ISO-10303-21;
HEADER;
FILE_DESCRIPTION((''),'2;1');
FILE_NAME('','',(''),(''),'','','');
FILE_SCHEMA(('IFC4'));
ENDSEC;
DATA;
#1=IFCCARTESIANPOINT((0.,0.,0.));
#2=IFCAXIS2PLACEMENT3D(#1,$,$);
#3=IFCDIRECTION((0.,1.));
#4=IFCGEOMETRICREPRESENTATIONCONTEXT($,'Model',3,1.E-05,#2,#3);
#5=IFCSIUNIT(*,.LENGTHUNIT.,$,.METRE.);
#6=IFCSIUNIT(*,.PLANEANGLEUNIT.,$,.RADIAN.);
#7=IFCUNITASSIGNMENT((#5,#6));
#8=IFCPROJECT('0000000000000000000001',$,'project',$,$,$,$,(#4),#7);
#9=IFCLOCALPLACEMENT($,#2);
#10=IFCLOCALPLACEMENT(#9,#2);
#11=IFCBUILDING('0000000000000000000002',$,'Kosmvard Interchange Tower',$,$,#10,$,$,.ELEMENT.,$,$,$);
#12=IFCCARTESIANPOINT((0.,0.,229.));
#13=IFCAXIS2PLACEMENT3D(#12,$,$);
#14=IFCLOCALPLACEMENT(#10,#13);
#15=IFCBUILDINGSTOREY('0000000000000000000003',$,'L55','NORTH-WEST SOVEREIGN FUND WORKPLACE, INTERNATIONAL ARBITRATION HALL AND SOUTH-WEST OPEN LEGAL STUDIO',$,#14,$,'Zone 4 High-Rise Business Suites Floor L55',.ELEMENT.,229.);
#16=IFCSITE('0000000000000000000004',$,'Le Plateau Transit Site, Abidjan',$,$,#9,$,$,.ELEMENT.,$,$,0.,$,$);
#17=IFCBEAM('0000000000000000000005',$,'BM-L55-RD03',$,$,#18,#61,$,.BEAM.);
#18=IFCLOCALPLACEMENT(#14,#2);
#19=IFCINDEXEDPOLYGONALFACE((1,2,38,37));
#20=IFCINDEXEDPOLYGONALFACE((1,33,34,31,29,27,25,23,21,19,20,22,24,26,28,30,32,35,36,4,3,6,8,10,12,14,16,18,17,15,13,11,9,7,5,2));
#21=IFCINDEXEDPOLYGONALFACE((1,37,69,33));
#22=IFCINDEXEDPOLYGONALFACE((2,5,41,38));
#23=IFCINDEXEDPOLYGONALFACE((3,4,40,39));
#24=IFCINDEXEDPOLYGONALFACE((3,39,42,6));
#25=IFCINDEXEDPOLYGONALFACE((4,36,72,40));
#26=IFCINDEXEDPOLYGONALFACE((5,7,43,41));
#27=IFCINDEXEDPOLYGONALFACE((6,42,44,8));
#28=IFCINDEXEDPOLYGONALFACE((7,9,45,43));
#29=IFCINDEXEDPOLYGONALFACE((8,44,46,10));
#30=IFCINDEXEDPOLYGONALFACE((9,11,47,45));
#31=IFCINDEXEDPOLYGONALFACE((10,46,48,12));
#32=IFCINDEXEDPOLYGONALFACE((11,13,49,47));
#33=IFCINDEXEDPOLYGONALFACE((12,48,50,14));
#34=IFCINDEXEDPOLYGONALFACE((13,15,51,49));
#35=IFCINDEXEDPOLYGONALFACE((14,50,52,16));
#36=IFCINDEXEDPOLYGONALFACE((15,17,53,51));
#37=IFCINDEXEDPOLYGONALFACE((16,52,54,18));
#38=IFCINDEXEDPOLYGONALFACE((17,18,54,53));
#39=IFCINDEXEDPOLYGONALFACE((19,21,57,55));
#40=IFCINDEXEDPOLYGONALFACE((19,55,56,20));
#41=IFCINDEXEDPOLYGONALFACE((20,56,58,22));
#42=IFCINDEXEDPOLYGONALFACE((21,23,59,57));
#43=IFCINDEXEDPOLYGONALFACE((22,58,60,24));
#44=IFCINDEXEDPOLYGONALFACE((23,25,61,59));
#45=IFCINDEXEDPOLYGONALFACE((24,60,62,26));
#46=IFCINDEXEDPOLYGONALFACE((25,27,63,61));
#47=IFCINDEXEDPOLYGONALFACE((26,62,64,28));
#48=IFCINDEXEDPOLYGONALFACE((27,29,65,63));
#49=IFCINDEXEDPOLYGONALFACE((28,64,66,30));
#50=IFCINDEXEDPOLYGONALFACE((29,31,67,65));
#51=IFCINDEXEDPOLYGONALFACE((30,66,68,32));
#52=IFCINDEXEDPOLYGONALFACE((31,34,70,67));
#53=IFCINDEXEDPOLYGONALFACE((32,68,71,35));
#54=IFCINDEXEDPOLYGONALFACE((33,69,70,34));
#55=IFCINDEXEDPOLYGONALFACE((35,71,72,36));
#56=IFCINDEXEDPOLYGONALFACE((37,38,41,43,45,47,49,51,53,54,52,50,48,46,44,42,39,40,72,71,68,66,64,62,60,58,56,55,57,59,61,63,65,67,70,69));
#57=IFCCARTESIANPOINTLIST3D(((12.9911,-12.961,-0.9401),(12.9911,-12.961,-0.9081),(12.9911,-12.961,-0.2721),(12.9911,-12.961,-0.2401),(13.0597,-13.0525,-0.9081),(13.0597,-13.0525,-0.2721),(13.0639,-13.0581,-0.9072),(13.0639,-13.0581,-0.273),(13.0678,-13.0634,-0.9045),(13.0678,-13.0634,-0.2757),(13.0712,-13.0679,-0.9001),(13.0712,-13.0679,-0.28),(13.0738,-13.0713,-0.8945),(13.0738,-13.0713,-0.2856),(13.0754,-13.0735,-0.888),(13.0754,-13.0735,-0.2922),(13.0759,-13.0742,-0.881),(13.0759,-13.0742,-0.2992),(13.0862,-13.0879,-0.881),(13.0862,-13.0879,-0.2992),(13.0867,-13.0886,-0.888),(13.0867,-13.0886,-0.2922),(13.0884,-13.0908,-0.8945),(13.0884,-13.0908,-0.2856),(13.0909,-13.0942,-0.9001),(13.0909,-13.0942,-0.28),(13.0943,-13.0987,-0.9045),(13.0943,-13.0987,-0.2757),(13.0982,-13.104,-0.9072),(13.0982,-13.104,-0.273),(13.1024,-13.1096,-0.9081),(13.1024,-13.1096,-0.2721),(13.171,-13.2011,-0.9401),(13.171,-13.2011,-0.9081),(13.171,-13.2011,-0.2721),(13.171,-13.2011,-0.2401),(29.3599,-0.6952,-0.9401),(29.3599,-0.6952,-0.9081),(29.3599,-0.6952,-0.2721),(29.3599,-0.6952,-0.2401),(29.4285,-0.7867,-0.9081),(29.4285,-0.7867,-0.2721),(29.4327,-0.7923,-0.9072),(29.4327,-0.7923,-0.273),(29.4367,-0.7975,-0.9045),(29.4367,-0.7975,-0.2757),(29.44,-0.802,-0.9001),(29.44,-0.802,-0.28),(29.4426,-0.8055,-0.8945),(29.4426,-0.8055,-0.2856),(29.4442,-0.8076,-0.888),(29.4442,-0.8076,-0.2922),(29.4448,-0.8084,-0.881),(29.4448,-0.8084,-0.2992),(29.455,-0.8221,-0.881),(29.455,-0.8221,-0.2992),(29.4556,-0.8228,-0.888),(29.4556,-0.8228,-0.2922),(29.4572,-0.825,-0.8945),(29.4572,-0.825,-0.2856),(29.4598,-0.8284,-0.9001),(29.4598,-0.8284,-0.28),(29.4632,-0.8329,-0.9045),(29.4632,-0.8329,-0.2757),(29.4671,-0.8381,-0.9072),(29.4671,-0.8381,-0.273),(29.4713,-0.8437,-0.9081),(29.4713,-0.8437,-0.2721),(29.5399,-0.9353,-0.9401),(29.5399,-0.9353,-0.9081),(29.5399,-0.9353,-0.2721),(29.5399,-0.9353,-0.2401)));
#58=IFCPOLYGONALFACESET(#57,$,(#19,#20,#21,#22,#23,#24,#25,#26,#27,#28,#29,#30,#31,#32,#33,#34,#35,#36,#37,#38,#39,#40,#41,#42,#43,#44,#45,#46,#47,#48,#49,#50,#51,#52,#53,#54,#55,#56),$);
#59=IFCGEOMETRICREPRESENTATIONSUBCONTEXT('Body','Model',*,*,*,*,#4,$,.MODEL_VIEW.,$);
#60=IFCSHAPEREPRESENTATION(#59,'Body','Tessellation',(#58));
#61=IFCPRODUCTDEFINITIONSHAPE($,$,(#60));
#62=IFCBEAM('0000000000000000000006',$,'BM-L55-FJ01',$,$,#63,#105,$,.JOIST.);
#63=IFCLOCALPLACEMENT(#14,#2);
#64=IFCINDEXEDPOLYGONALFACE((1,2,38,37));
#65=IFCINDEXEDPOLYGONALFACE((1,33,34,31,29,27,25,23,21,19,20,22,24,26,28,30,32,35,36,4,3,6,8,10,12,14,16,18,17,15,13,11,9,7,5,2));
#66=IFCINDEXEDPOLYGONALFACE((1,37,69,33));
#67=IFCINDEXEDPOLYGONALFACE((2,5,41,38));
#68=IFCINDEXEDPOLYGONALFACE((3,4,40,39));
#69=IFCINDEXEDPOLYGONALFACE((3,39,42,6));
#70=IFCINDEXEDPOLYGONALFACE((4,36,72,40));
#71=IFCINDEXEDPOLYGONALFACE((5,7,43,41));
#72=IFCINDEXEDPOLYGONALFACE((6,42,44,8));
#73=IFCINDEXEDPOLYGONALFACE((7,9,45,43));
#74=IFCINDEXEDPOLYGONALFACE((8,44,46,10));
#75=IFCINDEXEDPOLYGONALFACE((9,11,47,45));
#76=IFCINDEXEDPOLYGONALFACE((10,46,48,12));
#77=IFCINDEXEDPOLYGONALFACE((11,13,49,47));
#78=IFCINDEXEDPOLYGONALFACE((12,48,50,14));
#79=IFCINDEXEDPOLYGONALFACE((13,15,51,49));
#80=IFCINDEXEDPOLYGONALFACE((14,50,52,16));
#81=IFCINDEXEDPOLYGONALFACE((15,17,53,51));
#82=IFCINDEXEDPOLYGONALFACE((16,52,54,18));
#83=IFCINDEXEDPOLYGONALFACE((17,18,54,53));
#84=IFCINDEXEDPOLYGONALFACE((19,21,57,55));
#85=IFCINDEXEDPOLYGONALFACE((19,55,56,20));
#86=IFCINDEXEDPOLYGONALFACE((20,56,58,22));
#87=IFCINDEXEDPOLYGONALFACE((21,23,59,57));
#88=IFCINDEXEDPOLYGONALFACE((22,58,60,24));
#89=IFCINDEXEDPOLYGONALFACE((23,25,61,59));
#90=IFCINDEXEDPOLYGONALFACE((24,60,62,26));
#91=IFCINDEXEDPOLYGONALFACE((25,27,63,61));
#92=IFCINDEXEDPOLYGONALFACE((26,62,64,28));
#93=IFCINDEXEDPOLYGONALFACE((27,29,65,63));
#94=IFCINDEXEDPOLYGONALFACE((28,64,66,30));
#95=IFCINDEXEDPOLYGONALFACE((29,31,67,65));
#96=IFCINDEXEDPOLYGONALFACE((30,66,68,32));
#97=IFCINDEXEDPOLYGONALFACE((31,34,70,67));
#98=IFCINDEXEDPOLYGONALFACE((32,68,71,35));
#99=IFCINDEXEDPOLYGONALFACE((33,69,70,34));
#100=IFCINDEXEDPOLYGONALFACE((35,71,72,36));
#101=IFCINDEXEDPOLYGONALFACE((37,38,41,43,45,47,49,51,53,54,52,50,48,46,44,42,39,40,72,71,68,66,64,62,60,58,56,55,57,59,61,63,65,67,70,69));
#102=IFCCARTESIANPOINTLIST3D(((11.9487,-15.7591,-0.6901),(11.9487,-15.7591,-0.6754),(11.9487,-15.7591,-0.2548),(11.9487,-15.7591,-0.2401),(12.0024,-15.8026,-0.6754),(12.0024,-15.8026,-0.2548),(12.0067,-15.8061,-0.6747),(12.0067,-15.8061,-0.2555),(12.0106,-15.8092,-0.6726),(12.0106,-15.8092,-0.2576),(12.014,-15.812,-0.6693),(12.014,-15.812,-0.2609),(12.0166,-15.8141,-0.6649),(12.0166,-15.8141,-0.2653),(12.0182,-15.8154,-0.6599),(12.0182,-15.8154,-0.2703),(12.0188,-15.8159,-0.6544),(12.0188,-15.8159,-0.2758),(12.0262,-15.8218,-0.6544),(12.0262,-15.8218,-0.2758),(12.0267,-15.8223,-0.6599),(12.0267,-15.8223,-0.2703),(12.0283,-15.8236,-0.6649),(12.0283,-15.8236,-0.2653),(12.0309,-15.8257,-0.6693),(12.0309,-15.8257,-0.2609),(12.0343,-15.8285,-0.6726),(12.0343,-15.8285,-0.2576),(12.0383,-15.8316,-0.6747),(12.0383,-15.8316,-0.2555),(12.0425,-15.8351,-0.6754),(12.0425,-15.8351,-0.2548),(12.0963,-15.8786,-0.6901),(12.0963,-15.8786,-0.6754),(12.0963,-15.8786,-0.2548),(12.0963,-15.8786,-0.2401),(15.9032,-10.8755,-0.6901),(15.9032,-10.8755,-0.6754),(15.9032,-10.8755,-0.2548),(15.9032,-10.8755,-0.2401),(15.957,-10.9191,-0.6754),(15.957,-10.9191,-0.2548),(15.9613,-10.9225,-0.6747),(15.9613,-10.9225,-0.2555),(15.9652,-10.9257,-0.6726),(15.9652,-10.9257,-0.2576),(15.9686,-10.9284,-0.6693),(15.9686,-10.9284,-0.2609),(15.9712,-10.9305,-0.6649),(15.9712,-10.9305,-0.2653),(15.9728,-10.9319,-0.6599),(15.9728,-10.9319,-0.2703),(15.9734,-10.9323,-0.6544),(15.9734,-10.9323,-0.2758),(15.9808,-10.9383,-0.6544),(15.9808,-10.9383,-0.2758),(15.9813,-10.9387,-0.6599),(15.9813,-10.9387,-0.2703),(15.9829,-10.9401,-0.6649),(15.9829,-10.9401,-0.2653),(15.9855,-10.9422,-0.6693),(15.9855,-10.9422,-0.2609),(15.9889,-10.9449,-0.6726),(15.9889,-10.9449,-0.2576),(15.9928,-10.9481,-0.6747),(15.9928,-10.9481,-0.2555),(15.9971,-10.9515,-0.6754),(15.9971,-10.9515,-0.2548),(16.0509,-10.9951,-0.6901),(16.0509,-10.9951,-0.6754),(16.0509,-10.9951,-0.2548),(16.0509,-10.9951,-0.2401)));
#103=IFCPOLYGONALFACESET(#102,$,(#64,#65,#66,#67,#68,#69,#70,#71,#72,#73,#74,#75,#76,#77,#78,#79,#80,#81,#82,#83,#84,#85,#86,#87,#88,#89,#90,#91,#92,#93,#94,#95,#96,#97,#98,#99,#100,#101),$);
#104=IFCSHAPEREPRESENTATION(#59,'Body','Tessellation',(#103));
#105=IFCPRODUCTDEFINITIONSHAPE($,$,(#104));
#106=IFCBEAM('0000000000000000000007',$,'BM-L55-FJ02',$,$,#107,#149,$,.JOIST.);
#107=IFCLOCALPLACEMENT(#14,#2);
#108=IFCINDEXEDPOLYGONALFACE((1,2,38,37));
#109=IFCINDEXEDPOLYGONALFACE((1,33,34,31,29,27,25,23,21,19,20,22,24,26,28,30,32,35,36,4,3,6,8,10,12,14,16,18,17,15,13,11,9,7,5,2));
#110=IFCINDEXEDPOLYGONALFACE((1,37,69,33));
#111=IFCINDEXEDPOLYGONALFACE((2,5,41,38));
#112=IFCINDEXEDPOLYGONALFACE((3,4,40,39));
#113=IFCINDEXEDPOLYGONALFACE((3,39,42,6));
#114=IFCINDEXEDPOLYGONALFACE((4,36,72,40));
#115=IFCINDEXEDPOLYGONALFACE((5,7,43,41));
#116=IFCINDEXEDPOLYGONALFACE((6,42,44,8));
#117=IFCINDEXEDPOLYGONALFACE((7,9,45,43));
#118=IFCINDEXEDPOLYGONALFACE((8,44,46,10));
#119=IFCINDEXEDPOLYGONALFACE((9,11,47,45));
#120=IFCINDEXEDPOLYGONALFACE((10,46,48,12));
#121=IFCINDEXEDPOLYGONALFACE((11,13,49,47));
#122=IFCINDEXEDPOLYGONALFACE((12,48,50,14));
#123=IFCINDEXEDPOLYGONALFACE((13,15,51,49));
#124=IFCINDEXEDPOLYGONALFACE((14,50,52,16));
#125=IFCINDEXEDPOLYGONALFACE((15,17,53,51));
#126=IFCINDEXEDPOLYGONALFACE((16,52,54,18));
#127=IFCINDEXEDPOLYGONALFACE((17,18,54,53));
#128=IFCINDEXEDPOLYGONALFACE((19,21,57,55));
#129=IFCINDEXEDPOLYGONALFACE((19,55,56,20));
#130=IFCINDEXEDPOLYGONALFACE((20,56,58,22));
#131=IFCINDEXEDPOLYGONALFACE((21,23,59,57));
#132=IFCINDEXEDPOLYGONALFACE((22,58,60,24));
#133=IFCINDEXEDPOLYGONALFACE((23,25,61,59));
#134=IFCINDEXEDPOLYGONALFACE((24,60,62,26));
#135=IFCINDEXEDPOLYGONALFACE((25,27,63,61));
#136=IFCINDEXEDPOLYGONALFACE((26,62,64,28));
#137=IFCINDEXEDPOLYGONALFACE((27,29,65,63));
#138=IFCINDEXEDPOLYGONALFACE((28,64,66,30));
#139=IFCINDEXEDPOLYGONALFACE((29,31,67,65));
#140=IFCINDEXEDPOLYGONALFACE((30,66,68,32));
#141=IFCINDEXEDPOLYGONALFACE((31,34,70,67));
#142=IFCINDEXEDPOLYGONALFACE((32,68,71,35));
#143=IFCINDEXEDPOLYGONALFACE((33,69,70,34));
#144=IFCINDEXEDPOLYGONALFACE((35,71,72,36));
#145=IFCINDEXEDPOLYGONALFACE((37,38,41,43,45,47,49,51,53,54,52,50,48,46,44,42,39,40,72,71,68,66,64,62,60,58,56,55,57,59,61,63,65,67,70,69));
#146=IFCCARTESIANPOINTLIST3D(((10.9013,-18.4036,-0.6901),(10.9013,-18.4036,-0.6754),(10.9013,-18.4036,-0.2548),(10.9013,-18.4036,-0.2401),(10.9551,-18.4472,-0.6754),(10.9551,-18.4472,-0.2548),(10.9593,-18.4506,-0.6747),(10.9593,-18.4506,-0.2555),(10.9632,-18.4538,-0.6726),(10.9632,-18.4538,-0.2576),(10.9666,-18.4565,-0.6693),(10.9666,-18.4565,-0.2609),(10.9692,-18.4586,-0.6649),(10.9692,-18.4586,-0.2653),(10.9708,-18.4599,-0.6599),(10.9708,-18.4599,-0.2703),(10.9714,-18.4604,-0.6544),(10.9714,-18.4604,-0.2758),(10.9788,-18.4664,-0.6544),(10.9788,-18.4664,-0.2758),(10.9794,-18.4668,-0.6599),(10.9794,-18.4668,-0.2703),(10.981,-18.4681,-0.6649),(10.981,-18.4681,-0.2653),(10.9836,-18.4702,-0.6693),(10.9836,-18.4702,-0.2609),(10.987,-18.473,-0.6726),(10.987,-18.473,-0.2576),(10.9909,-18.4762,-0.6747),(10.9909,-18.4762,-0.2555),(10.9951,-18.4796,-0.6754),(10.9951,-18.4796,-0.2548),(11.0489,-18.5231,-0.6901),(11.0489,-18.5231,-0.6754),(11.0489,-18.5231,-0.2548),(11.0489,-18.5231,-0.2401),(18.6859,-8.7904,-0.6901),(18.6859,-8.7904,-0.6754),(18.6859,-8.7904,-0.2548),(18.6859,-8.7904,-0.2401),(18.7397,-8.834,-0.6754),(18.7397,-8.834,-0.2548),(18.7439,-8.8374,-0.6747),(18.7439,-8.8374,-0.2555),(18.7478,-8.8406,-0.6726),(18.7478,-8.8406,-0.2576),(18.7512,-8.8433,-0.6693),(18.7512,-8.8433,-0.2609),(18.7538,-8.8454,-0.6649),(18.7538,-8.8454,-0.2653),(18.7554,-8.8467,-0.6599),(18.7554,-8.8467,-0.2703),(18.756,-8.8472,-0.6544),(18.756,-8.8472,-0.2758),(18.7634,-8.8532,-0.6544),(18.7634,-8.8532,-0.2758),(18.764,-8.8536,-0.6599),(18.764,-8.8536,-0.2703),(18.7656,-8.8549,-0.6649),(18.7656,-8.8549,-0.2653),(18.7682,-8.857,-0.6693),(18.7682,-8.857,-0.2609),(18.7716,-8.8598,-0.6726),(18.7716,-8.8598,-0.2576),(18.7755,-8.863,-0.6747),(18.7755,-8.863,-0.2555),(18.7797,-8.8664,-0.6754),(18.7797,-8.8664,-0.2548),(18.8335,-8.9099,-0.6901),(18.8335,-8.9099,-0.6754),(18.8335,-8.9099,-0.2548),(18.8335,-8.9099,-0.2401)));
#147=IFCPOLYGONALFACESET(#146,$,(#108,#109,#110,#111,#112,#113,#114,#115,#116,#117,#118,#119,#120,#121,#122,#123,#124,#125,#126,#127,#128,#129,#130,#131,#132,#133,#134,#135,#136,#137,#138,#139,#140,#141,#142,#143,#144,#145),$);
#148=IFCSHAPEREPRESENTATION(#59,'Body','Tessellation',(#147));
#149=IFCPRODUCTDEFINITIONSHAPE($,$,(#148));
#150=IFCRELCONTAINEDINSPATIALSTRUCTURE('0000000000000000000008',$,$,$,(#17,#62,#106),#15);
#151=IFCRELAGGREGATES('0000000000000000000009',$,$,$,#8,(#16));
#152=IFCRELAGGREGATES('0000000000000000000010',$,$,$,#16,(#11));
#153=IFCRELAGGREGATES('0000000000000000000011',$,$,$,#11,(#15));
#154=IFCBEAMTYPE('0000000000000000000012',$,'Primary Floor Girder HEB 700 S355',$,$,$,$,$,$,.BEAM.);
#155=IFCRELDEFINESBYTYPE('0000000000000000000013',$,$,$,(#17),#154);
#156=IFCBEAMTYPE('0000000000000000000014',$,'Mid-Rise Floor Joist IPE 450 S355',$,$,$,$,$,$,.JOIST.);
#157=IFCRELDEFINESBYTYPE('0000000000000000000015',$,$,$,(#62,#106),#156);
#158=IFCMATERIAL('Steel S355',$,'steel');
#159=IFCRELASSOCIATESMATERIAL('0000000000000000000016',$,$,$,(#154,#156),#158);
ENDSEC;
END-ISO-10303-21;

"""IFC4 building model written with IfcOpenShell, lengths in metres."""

from ifc_helpers import new_model, si_unit, direction, frame, origin, origin_2d, place, context, subcontext, project, spatial, i_section, extrude, source, transform, mapped, material, material_profile, profile_set, type_object, element, save


model = new_model("IFC4")

# Units and contexts
model_context = context("Model", 3, precision=1e-05, world=origin(), true_north=direction((0.0, 1.0)))
body_context = subcontext(model_context, "Body", "Model", "MODEL_VIEW")
ifc_project = project(units=[si_unit("LENGTHUNIT", "METRE"), si_unit("PLANEANGLEUNIT", "RADIAN")], contexts=[model_context])

# Site, building, storey
site_placement = place(None, origin())
site = spatial("IfcSite", under=ifc_project, at=site_placement, Name="Le Plateau Transit Site, Abidjan", CompositionType="ELEMENT", RefElevation=0.0)
building_placement = place(site_placement, origin())
building = spatial("IfcBuilding", under=site, at=building_placement, Name="Kosmvard Interchange Tower", CompositionType="ELEMENT")
storey_placement = place(building_placement, frame((0.0, 0.0, 229.0)))
storey = spatial("IfcBuildingStorey", under=building, at=storey_placement, Name="L55", Description="NORTH-WEST SOVEREIGN FUND WORKPLACE, INTERNATIONAL ARBITRATION HALL AND SOUTH-WEST OPEN LEGAL STUDIO", LongName="Zone 4 High-Rise Business Suites Floor L55", CompositionType="ELEMENT", Elevation=229.0)

# Beams
ifc_material_1 = material(Name="Steel S355", Category="steel")
ifc_material_profile_1 = material_profile(ifc_material_1, i_section(OverallWidth=0.3, OverallDepth=0.7, WebThickness=0.0171, FlangeThickness=0.032, FilletRadius=0.0271, at=origin_2d()), Name="HEB 700")
ifc_profile_set_1 = profile_set([ifc_material_profile_1], Name="Steel S355")
beam_type_1 = type_object("IfcBeamType", Name="Primary Floor Girder HEB 700 S355", PredefinedType="BEAM", material=ifc_profile_set_1)
shared_shape_1 = source(origin(), body_context, "Body", "SweptSolid", [
    extrude(i_section(OverallWidth=0.3, OverallDepth=0.7, WebThickness=0.0171, FlangeThickness=0.032, FilletRadius=0.0271, at=origin_2d()), origin(), (0.0, 0.0, 1.0), 20.4546),
])
beam_1_placement = place(storey_placement, frame((13.0811, -13.0811, -0.5901), z_axis=(0.800253, 0.599662, 0.0), x_axis=(-0.599662, 0.800253, 0.0)))
element("IfcBeam", 1, at=beam_1_placement, inside=storey, type_object=beam_type_1, Name="BM-L55-RD03", PredefinedType="BEAM", context=body_context, shape_type="MappedRepresentation", body=[
    mapped(shared_shape_1, transform((0.0, 0.0, 0.0), scale=1.0)),
])
ifc_material_profile_2 = material_profile(ifc_material_1, i_section(OverallWidth=0.1899, OverallDepth=0.45, WebThickness=0.0095, FlangeThickness=0.0146, FilletRadius=0.021, at=origin_2d()), Name="IPE 450")
ifc_profile_set_2 = profile_set([ifc_material_profile_2], Name="Steel S355")
beam_type_2 = type_object("IfcBeamType", Name="Mid-Rise Floor Joist IPE 450 S355", PredefinedType="JOIST", material=ifc_profile_set_2)
shared_shape_2 = source(origin(), body_context, "Body", "SweptSolid", [
    extrude(i_section(OverallWidth=0.1899, OverallDepth=0.45, WebThickness=0.0095, FlangeThickness=0.0146, FilletRadius=0.021, at=origin_2d()), origin(), (0.0, 0.0, 1.0), 6.2839),
])
beam_2_placement = place(storey_placement, frame((12.0225, -15.8188, -0.4651), z_axis=(0.629318, 0.777148, 0.0), x_axis=(-0.777148, 0.629318, 0.0)))
element("IfcBeam", 2, at=beam_2_placement, inside=storey, type_object=beam_type_2, Name="BM-L55-FJ01", PredefinedType="JOIST", context=body_context, shape_type="MappedRepresentation", body=[
    mapped(shared_shape_2, transform((0.0, 0.0, 0.0), scale=1.0)),
])
shared_shape_3 = source(origin(), body_context, "Body", "SweptSolid", [
    extrude(i_section(OverallWidth=0.1899, OverallDepth=0.45, WebThickness=0.0095, FlangeThickness=0.0146, FilletRadius=0.021, at=origin_2d()), origin(), (0.0, 0.0, 1.0), 12.3699),
])
beam_3_placement = place(storey_placement, frame((10.9751, -18.4634, -0.4651), z_axis=(0.62932, 0.777147, 0.0), x_axis=(-0.777147, 0.62932, 0.0)))
element("IfcBeam", 3, at=beam_3_placement, inside=storey, type_object=beam_type_2, Name="BM-L55-FJ02", PredefinedType="JOIST", context=body_context, shape_type="MappedRepresentation", body=[
    mapped(shared_shape_3, transform((0.0, 0.0, 0.0), scale=1.0)),
])

save(model, "model.ifc")
